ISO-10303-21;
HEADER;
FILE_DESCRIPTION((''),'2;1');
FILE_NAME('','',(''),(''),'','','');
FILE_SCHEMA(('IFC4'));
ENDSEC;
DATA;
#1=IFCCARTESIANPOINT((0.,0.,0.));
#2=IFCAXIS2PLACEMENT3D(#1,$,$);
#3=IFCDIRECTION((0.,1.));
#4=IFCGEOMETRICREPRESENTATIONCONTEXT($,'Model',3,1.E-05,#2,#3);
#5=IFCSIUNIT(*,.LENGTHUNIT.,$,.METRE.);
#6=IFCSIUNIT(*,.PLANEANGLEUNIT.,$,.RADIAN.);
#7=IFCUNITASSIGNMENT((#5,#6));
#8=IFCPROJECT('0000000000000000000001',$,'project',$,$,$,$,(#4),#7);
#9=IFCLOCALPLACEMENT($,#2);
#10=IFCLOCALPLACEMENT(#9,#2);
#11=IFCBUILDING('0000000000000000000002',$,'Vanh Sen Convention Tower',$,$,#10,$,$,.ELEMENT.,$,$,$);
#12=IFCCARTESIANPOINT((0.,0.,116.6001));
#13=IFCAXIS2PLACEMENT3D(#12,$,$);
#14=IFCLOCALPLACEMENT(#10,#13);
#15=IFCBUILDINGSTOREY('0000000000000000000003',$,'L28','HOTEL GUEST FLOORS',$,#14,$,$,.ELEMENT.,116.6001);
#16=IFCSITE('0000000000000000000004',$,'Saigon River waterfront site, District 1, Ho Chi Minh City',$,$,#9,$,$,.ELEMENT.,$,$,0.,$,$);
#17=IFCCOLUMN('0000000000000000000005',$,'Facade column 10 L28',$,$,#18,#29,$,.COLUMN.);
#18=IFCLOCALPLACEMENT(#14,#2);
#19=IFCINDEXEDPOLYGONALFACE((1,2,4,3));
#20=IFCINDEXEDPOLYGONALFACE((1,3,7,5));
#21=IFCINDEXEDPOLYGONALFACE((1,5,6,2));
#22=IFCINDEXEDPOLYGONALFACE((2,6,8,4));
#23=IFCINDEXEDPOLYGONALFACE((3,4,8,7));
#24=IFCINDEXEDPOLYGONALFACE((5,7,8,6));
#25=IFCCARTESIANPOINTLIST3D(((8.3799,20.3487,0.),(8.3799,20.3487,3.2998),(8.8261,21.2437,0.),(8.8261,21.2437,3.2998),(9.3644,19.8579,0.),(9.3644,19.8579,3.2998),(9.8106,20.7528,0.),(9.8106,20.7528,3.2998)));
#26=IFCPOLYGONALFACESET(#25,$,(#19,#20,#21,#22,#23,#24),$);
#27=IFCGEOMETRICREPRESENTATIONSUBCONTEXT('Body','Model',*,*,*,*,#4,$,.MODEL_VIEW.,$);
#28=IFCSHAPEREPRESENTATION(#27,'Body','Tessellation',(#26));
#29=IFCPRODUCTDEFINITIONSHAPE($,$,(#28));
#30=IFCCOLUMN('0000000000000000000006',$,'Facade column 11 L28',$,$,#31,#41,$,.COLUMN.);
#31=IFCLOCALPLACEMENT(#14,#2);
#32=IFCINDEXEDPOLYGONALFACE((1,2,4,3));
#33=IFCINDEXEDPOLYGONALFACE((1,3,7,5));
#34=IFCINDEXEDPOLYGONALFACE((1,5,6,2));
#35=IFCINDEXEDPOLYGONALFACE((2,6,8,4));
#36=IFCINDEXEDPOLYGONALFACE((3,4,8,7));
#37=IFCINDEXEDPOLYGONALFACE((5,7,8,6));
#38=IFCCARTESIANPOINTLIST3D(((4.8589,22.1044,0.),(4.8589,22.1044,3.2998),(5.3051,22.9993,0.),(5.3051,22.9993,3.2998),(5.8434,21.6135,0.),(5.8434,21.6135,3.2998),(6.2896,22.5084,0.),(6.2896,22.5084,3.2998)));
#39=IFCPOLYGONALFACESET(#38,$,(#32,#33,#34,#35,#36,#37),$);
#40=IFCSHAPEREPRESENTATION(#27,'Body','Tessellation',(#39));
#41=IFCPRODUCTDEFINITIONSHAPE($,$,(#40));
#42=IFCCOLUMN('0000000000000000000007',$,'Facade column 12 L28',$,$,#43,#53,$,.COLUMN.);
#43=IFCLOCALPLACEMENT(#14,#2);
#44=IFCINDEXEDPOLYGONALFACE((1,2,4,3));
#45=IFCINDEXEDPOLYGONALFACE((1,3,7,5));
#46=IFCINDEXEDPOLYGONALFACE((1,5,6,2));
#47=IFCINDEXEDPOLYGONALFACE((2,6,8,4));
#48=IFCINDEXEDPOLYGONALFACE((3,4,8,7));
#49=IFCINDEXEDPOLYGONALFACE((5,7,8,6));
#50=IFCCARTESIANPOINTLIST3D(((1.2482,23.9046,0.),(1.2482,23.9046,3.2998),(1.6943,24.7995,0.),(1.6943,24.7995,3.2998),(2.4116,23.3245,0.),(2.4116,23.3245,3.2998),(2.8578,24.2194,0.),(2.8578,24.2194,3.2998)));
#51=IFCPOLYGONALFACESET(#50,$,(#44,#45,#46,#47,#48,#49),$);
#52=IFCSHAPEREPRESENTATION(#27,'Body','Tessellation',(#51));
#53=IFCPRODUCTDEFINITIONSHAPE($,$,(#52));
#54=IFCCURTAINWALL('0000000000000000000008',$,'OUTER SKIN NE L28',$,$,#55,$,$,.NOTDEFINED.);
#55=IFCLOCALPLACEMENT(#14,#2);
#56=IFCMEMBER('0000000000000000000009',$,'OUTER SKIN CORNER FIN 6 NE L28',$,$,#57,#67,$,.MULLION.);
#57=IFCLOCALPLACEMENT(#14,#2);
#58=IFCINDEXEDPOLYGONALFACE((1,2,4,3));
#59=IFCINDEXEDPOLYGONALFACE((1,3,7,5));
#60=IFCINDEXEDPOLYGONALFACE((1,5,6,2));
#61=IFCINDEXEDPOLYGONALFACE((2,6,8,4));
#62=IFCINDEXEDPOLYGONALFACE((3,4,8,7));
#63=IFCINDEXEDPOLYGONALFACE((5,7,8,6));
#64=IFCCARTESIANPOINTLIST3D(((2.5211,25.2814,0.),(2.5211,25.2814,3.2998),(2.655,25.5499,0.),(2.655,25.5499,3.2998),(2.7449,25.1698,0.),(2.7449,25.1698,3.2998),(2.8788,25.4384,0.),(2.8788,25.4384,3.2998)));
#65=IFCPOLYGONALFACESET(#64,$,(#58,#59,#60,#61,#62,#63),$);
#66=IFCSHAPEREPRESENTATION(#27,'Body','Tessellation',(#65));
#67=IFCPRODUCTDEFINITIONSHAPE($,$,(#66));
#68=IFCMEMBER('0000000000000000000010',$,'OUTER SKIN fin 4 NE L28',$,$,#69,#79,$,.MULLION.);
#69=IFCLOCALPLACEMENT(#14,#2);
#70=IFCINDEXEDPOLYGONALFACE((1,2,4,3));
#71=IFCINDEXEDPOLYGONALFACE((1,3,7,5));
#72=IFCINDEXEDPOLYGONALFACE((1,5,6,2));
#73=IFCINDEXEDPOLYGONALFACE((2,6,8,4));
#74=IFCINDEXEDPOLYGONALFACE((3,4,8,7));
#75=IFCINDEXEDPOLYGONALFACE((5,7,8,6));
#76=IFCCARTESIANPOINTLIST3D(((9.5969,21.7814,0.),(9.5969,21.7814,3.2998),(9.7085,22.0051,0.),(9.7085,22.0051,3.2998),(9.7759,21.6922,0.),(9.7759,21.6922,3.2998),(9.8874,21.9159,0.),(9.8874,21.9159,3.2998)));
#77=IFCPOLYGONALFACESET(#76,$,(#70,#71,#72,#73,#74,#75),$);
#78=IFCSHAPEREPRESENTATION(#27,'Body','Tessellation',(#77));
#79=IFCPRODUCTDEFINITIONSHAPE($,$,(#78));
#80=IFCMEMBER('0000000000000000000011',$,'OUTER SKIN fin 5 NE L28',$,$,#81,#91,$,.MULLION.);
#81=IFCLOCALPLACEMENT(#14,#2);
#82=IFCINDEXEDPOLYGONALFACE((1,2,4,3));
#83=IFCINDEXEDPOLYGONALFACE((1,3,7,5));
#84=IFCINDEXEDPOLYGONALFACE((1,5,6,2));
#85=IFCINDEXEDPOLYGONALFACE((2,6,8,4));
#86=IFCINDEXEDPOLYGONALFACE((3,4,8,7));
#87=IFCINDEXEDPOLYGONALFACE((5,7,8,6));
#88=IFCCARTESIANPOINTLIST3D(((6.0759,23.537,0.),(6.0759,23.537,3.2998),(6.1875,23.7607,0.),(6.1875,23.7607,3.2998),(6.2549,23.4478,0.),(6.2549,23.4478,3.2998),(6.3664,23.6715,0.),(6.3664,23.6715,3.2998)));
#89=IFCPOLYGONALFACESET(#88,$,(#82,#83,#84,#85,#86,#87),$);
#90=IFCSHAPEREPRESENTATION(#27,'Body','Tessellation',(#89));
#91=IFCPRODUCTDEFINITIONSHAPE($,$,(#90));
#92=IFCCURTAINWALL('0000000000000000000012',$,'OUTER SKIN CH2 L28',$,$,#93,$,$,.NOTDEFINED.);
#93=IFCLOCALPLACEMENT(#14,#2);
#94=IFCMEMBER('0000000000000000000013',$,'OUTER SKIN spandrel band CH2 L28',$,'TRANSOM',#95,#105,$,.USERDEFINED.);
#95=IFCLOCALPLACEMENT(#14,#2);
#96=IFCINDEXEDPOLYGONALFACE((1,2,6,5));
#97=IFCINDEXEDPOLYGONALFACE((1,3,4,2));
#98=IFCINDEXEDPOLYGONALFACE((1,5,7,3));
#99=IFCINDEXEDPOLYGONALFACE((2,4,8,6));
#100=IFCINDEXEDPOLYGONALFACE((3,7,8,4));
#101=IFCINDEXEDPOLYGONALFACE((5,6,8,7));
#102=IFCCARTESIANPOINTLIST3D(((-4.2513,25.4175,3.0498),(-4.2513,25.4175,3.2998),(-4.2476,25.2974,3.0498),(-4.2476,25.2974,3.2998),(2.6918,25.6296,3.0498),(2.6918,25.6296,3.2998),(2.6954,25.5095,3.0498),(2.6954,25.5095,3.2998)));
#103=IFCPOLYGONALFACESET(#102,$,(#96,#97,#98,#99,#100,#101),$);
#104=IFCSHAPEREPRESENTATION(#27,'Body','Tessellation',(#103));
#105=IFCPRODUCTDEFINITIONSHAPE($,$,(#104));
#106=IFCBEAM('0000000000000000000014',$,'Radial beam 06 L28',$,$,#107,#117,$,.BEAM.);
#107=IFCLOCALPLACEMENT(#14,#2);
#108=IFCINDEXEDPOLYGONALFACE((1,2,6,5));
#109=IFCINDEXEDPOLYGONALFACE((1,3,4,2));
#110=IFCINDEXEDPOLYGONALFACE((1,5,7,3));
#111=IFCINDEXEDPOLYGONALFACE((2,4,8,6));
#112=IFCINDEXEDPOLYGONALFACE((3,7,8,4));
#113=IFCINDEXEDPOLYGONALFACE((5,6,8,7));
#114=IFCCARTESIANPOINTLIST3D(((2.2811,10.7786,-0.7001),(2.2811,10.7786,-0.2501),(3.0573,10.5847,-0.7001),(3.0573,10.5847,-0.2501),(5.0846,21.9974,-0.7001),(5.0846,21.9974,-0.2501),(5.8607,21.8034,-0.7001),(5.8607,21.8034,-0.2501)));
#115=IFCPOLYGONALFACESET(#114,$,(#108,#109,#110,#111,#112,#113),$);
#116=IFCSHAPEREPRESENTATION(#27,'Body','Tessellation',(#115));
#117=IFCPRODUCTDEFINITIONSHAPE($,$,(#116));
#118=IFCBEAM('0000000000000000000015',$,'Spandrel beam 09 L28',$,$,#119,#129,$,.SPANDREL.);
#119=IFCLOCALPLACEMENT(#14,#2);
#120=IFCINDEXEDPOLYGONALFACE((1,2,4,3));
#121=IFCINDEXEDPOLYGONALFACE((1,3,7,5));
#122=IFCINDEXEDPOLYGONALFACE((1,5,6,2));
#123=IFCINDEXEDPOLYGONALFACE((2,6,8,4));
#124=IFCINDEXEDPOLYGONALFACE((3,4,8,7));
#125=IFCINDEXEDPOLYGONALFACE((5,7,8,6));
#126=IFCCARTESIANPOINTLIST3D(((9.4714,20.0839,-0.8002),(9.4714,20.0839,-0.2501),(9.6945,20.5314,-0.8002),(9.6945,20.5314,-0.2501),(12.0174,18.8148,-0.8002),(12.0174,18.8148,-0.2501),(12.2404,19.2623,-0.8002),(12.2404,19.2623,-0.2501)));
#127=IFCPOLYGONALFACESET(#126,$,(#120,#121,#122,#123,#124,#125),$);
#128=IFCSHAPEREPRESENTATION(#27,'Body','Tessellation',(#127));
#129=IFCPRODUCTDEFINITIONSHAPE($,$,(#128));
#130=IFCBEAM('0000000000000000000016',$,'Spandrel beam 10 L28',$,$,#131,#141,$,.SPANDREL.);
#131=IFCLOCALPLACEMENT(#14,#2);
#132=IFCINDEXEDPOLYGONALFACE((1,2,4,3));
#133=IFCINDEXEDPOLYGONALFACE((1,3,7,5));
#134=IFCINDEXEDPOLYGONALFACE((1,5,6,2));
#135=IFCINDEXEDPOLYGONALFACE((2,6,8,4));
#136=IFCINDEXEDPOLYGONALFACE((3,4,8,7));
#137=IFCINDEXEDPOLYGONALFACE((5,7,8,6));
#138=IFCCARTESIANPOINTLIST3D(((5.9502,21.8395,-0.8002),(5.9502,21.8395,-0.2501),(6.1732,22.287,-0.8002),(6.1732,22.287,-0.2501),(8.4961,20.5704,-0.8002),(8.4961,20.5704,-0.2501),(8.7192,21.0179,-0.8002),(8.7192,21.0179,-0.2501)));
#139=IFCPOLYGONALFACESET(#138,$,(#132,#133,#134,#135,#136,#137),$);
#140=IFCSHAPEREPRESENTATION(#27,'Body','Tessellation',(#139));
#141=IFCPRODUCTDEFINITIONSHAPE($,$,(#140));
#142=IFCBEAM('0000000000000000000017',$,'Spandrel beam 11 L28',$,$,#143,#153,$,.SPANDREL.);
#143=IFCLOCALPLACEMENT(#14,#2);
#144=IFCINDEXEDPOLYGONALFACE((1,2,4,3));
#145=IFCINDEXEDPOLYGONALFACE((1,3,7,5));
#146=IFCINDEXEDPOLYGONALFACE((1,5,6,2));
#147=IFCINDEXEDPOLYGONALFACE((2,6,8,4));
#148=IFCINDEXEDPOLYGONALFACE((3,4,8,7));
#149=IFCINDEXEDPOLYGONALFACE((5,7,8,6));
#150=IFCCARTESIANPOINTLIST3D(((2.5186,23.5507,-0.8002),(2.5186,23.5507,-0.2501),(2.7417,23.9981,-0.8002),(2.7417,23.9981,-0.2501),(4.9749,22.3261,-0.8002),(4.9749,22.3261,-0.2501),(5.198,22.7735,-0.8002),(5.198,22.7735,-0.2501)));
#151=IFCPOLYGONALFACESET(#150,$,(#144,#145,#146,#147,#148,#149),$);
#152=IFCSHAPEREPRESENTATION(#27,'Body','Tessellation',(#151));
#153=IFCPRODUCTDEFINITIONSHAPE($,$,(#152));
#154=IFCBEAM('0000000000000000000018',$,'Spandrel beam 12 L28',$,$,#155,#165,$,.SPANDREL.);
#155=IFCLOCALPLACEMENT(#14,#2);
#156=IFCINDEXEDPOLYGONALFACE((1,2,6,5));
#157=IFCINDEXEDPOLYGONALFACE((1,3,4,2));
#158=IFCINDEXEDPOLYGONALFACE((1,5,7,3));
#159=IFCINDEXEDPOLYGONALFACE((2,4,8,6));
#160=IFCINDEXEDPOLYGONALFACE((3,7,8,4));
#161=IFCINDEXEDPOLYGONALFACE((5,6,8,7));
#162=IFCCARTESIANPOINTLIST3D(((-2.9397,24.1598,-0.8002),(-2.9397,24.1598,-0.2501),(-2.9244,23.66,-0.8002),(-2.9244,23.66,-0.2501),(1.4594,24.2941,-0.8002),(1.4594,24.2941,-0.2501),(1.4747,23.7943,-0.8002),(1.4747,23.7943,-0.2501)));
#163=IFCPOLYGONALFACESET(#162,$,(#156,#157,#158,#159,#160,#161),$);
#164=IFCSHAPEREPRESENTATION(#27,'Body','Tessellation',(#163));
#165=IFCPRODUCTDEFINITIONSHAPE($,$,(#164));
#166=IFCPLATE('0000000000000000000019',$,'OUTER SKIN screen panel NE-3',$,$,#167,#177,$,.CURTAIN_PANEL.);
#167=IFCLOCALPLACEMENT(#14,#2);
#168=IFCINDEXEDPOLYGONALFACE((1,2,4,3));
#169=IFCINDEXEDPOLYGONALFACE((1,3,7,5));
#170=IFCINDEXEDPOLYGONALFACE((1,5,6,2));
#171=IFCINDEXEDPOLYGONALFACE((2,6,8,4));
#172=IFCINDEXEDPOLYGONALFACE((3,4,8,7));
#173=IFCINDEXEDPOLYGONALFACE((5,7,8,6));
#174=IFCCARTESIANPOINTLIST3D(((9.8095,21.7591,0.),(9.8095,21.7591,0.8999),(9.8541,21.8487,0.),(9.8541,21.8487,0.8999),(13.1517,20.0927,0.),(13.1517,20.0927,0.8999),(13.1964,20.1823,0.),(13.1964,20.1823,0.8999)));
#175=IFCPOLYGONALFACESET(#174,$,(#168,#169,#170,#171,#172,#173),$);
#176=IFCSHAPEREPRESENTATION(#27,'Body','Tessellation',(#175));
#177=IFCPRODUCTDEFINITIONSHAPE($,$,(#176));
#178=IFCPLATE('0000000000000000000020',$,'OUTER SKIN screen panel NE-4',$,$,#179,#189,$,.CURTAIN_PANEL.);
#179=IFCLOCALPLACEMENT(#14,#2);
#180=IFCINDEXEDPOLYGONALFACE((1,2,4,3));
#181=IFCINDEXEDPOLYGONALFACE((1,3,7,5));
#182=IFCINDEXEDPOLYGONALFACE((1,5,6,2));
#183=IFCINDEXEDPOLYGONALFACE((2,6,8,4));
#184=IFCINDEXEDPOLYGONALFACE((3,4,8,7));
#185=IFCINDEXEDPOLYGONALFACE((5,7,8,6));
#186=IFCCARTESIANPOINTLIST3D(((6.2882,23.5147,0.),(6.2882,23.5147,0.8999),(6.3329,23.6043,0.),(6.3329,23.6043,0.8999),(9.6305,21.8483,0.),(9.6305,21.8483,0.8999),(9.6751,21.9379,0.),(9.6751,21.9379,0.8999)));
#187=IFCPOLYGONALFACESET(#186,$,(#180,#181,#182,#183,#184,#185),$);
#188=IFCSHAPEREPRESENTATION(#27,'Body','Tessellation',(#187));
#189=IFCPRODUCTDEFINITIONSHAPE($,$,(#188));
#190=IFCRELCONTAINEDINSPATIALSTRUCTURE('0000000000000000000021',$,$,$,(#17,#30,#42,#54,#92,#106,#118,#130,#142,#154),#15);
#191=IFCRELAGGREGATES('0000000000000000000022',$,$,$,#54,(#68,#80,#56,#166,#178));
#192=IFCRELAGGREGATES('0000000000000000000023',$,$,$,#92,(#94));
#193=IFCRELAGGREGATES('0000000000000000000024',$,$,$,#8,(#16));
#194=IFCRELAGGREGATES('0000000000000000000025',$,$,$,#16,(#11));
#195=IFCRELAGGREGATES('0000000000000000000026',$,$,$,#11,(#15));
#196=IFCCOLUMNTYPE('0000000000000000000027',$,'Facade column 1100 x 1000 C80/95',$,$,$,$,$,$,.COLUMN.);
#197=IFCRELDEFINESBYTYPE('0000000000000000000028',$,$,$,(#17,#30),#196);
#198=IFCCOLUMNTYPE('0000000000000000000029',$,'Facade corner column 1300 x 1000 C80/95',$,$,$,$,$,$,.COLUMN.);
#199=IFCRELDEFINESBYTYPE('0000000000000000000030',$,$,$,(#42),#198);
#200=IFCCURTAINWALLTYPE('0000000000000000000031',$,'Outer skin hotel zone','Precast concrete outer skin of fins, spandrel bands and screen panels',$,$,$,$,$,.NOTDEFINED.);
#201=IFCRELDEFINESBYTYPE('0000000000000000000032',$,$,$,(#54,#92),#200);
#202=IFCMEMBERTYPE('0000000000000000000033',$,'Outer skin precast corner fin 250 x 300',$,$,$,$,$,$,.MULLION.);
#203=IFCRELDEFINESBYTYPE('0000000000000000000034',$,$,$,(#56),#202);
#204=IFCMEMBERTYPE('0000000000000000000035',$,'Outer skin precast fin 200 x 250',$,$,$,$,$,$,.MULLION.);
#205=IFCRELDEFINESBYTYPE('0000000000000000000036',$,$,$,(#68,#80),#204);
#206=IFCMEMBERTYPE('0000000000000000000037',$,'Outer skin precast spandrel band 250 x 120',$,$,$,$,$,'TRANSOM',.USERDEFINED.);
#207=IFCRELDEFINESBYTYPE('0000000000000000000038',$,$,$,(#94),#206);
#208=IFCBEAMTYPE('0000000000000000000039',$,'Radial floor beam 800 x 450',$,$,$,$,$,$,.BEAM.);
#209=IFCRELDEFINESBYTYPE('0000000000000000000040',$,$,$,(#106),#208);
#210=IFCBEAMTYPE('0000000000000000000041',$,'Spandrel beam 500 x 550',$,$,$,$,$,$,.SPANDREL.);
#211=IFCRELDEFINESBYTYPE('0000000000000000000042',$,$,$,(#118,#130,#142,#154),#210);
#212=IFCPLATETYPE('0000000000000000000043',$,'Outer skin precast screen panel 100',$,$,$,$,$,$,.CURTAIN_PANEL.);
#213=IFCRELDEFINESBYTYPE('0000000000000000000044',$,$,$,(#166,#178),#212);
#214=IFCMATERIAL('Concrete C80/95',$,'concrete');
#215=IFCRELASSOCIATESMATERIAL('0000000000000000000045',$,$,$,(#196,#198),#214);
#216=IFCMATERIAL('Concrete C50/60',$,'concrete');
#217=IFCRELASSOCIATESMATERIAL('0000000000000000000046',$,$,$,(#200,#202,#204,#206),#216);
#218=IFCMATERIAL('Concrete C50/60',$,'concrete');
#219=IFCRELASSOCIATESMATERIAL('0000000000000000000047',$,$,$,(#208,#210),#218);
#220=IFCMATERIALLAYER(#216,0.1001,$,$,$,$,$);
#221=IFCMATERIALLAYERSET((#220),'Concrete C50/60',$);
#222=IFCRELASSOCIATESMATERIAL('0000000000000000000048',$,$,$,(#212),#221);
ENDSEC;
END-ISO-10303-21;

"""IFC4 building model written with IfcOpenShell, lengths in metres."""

from ifc_helpers import new_model, si_unit, direction, frame, origin, origin_2d, place, context, subcontext, project, spatial, rectangle, extrude, material, layer, layer_set, material_profile, profile_set, type_object, element, aggregate, save


model = new_model("IFC4")

# Units and contexts
model_context = context("Model", 3, precision=1e-05, world=origin(), true_north=direction((0.0, 1.0)))
body_context = subcontext(model_context, "Body", "Model", "MODEL_VIEW")
ifc_project = project(units=[si_unit("LENGTHUNIT", "METRE"), si_unit("PLANEANGLEUNIT", "RADIAN")], contexts=[model_context])

# Site, building, storey
site_placement = place(None, origin())
site = spatial("IfcSite", under=ifc_project, at=site_placement, Name="Saigon River waterfront site, District 1, Ho Chi Minh City", CompositionType="ELEMENT", RefElevation=0.0)
building_placement = place(site_placement, origin())
building = spatial("IfcBuilding", under=site, at=building_placement, Name="Vanh Sen Convention Tower", CompositionType="ELEMENT")
storey_placement = place(building_placement, frame((0.0, 0.0, 116.6001)))
storey = spatial("IfcBuildingStorey", under=building, at=storey_placement, Name="L28", Description="HOTEL GUEST FLOORS", CompositionType="ELEMENT", Elevation=116.6001)

# Columns
ifc_material_1 = material(Name="Concrete C80/95", Category="concrete")
ifc_material_profile_1 = material_profile(ifc_material_1, rectangle(XDim=1.1001, YDim=1.0, at=origin_2d()), Name="RC 1100X1000")
ifc_profile_set_1 = profile_set([ifc_material_profile_1], Name="Concrete C80/95")
column_type_1 = type_object("IfcColumnType", Name="Facade column 1100 x 1000 C80/95", PredefinedType="COLUMN", material=ifc_profile_set_1)
for number, where, z_axis, x_axis, name in (
    (1, (9.0952, 20.5508, 0.0), (0.0, 0.0, 1.0), (-0.894934, 0.446198, 0.0), "Facade column 10 L28"),
    (2, (5.5742, 22.3064, 0.0), (0.0, 0.0, 1.0), (-0.894934, 0.446198, 0.0), "Facade column 11 L28"),
):
    element("IfcColumn", number, at=place(storey_placement, frame(where, z_axis=z_axis, x_axis=x_axis)), inside=storey, type_object=column_type_1, Name=name, PredefinedType="COLUMN", context=body_context, shape_type="SweptSolid", body=[
        extrude(rectangle(XDim=1.1001, YDim=1.0, at=origin_2d()), origin(), (0.0, 0.0, 1.0), 3.2998),
    ])
ifc_material_profile_2 = material_profile(ifc_material_1, rectangle(XDim=1.3, YDim=1.0, at=origin_2d()), Name="RC 1300X1000")
ifc_profile_set_2 = profile_set([ifc_material_profile_2], Name="Concrete C80/95")
column_type_2 = type_object("IfcColumnType", Name="Facade corner column 1300 x 1000 C80/95", PredefinedType="COLUMN", material=ifc_profile_set_2)
column_placement = place(storey_placement, frame((2.053, 24.062, 0.0), z_axis=(0.0, 0.0, 1.0), x_axis=(-0.894934, 0.446198, 0.0)))
element("IfcColumn", 3, at=column_placement, inside=storey, type_object=column_type_2, Name="Facade column 12 L28", PredefinedType="COLUMN", context=body_context, shape_type="SweptSolid", body=[
    extrude(rectangle(XDim=1.3, YDim=1.0, at=origin_2d()), origin(), (0.0, 0.0, 1.0), 3.2998),
])

# Curtain wall, members
ifc_material_2 = material(Name="Concrete C50/60", Category="concrete")
curtain_wall_type = type_object("IfcCurtainWallType", Name="Outer skin hotel zone", Description="Precast concrete outer skin of fins, spandrel bands and screen panels", PredefinedType="NOTDEFINED", material=ifc_material_2)
curtain_wall_1_placement = place(storey_placement, origin())
curtain_wall_1 = element("IfcCurtainWall", 4, at=curtain_wall_1_placement, inside=storey, type_object=curtain_wall_type, Name="OUTER SKIN NE L28", PredefinedType="NOTDEFINED")
ifc_material_profile_3 = material_profile(ifc_material_2, rectangle(XDim=0.25, YDim=0.3, at=origin_2d()), Name="Outer skin precast corner fin 250 x 300")
ifc_profile_set_3 = profile_set([ifc_material_profile_3], Name="Concrete C50/60")
member_type_1 = type_object("IfcMemberType", Name="Outer skin precast corner fin 250 x 300", PredefinedType="MULLION", material=ifc_profile_set_3)
member_1_placement = place(storey_placement, frame((2.7, 25.3599, 0.0), z_axis=(0.0, 0.0, 1.0), x_axis=(-0.894934, 0.446198, 0.0)))
member_1 = element("IfcMember", 5, at=member_1_placement, type_object=member_type_1, Name="OUTER SKIN CORNER FIN 6 NE L28", PredefinedType="MULLION", context=body_context, shape_type="SweptSolid", body=[
    extrude(rectangle(XDim=0.25, YDim=0.3, at=origin_2d()), origin(), (0.0, 0.0, 1.0), 3.2998),
])
ifc_material_profile_4 = material_profile(ifc_material_2, rectangle(XDim=0.2, YDim=0.25, at=origin_2d()), Name="Outer skin precast fin 200 x 250")
ifc_profile_set_4 = profile_set([ifc_material_profile_4], Name="Concrete C50/60")
member_type_2 = type_object("IfcMemberType", Name="Outer skin precast fin 200 x 250", PredefinedType="MULLION", material=ifc_profile_set_4)
member_2_placement = place(storey_placement, frame((9.7422, 21.8486, 0.0), z_axis=(0.0, 0.0, 1.0), x_axis=(-0.894934, 0.446198, 0.0)))
member_2 = element("IfcMember", 6, at=member_2_placement, type_object=member_type_2, Name="OUTER SKIN fin 4 NE L28", PredefinedType="MULLION", context=body_context, shape_type="SweptSolid", body=[
    extrude(rectangle(XDim=0.2, YDim=0.25, at=origin_2d()), origin(), (0.0, 0.0, 1.0), 3.2998),
])
member_3_placement = place(storey_placement, frame((6.2212, 23.6042, 0.0), z_axis=(0.0, 0.0, 1.0), x_axis=(-0.894934, 0.446198, 0.0)))
member_3 = element("IfcMember", 7, at=member_3_placement, type_object=member_type_2, Name="OUTER SKIN fin 5 NE L28", PredefinedType="MULLION", context=body_context, shape_type="SweptSolid", body=[
    extrude(rectangle(XDim=0.2, YDim=0.25, at=origin_2d()), origin(), (0.0, 0.0, 1.0), 3.2998),
])

# Curtain wall, member
curtain_wall_2_placement = place(storey_placement, origin())
curtain_wall_2 = element("IfcCurtainWall", 8, at=curtain_wall_2_placement, inside=storey, type_object=curtain_wall_type, Name="OUTER SKIN CH2 L28", PredefinedType="NOTDEFINED")
ifc_material_profile_5 = material_profile(ifc_material_2, rectangle(XDim=0.1201, YDim=0.25, at=origin_2d()), Name="Outer skin precast spandrel band 250 x 120")
ifc_profile_set_5 = profile_set([ifc_material_profile_5], Name="Concrete C50/60")
member_type_3 = type_object("IfcMemberType", Name="Outer skin precast spandrel band 250 x 120", ElementType="TRANSOM", PredefinedType="USERDEFINED", material=ifc_profile_set_5)
member_4_placement = place(storey_placement, frame((2.6936, 25.5696, 3.1748), z_axis=(-0.999533, -0.030542, 0.0), x_axis=(0.030542, -0.999533, 0.0)))
member_4 = element("IfcMember", 9, at=member_4_placement, type_object=member_type_3, Name="OUTER SKIN spandrel band CH2 L28", ObjectType="TRANSOM", PredefinedType="USERDEFINED", context=body_context, shape_type="SweptSolid", body=[
    extrude(rectangle(XDim=0.1201, YDim=0.25, at=origin_2d()), origin(), (0.0, 0.0, 1.0), 6.9463),
])

# Beams
ifc_material_3 = material(Name="Concrete C50/60", Category="concrete")
ifc_material_profile_6 = material_profile(ifc_material_3, rectangle(XDim=0.8, YDim=0.45, at=origin_2d()), Name="RC 800X450")
ifc_profile_set_6 = profile_set([ifc_material_profile_6], Name="Concrete C50/60")
beam_type_1 = type_object("IfcBeamType", Name="Radial floor beam 800 x 450", PredefinedType="BEAM", material=ifc_profile_set_6)
beam_1_placement = place(storey_placement, frame((5.4727, 21.9004, -0.4751), z_axis=(-0.242436, -0.970167, 0.0), x_axis=(0.970167, -0.242436, 0.0)))
element("IfcBeam", 10, at=beam_1_placement, inside=storey, type_object=beam_type_1, Name="Radial beam 06 L28", PredefinedType="BEAM", context=body_context, shape_type="SweptSolid", body=[
    extrude(rectangle(XDim=0.8, YDim=0.45, at=origin_2d()), origin(), (0.0, 0.0, 1.0), 11.5637),
])
ifc_material_profile_7 = material_profile(ifc_material_3, rectangle(XDim=0.5, YDim=0.55, at=origin_2d()), Name="RC 500X550")
ifc_profile_set_7 = profile_set([ifc_material_profile_7], Name="Concrete C50/60")
beam_type_2 = type_object("IfcBeamType", Name="Spandrel beam 500 x 550", PredefinedType="SPANDREL", material=ifc_profile_set_7)
for number, where, z_axis, x_axis, name in (
    (11, (12.1289, 19.0386, -0.5251), (-0.894976, 0.446115, 0.0), (-0.446115, -0.894976, 0.0), "Spandrel beam 09 L28"),
    (12, (8.6077, 20.7942, -0.5251), (-0.894976, 0.446115, 0.0), (-0.446115, -0.894976, 0.0), "Spandrel beam 10 L28"),
):
    element("IfcBeam", number, at=place(storey_placement, frame(where, z_axis=z_axis, x_axis=x_axis)), inside=storey, type_object=beam_type_2, Name=name, PredefinedType="SPANDREL", context=body_context, shape_type="SweptSolid", body=[
        extrude(rectangle(XDim=0.5, YDim=0.55, at=origin_2d()), origin(), (0.0, 0.0, 1.0), 2.8447),
    ])
beam_2_placement = place(storey_placement, frame((5.0864, 22.5498, -0.5251), z_axis=(-0.894943, 0.446181, 0.0), x_axis=(-0.446181, -0.894943, 0.0)))
element("IfcBeam", 13, at=beam_2_placement, inside=storey, type_object=beam_type_2, Name="Spandrel beam 11 L28", PredefinedType="SPANDREL", context=body_context, shape_type="SweptSolid", body=[
    extrude(rectangle(XDim=0.5, YDim=0.55, at=origin_2d()), origin(), (0.0, 0.0, 1.0), 2.7446),
])
beam_3_placement = place(storey_placement, frame((1.467, 24.0442, -0.5251), z_axis=(-0.999534, -0.030509, 0.0), x_axis=(0.030509, -0.999534, 0.0)))
element("IfcBeam", 14, at=beam_3_placement, inside=storey, type_object=beam_type_2, Name="Spandrel beam 12 L28", PredefinedType="SPANDREL", context=body_context, shape_type="SweptSolid", body=[
    extrude(rectangle(XDim=0.5, YDim=0.55, at=origin_2d()), origin(), (0.0, 0.0, 1.0), 4.4011),
])

# Plates
ifc_layer_1 = layer(ifc_material_2, 0.1001)
ifc_layer_set_1 = layer_set([ifc_layer_1], Name="Concrete C50/60")
plate_type = type_object("IfcPlateType", Name="Outer skin precast screen panel 100", PredefinedType="CURTAIN_PANEL", material=ifc_layer_set_1)
plate_1_placement = place(storey_placement, frame((11.5029, 20.9707, 0.0), z_axis=(0.0, 0.0, 1.0), x_axis=(-0.894935, 0.446196, 0.0)))
plate_1 = element("IfcPlate", 15, at=plate_1_placement, type_object=plate_type, Name="OUTER SKIN screen panel NE-3", PredefinedType="CURTAIN_PANEL", context=body_context, shape_type="SweptSolid", body=[
    extrude(rectangle(XDim=3.7346, YDim=0.1001, at=origin_2d()), origin(), (0.0, 0.0, 1.0), 0.8999),
])
plate_2_placement = place(storey_placement, frame((7.9817, 22.7263, 0.0), z_axis=(0.0, 0.0, 1.0), x_axis=(-0.894935, 0.446196, 0.0)))
plate_2 = element("IfcPlate", 16, at=plate_2_placement, type_object=plate_type, Name="OUTER SKIN screen panel NE-4", PredefinedType="CURTAIN_PANEL", context=body_context, shape_type="SweptSolid", body=[
    extrude(rectangle(XDim=3.7346, YDim=0.1001, at=origin_2d()), origin(), (0.0, 0.0, 1.0), 0.8999),
])
aggregate(curtain_wall_1, [member_2, member_3, member_1, plate_1, plate_2])
aggregate(curtain_wall_2, [member_4])

save(model, "model.ifc")
